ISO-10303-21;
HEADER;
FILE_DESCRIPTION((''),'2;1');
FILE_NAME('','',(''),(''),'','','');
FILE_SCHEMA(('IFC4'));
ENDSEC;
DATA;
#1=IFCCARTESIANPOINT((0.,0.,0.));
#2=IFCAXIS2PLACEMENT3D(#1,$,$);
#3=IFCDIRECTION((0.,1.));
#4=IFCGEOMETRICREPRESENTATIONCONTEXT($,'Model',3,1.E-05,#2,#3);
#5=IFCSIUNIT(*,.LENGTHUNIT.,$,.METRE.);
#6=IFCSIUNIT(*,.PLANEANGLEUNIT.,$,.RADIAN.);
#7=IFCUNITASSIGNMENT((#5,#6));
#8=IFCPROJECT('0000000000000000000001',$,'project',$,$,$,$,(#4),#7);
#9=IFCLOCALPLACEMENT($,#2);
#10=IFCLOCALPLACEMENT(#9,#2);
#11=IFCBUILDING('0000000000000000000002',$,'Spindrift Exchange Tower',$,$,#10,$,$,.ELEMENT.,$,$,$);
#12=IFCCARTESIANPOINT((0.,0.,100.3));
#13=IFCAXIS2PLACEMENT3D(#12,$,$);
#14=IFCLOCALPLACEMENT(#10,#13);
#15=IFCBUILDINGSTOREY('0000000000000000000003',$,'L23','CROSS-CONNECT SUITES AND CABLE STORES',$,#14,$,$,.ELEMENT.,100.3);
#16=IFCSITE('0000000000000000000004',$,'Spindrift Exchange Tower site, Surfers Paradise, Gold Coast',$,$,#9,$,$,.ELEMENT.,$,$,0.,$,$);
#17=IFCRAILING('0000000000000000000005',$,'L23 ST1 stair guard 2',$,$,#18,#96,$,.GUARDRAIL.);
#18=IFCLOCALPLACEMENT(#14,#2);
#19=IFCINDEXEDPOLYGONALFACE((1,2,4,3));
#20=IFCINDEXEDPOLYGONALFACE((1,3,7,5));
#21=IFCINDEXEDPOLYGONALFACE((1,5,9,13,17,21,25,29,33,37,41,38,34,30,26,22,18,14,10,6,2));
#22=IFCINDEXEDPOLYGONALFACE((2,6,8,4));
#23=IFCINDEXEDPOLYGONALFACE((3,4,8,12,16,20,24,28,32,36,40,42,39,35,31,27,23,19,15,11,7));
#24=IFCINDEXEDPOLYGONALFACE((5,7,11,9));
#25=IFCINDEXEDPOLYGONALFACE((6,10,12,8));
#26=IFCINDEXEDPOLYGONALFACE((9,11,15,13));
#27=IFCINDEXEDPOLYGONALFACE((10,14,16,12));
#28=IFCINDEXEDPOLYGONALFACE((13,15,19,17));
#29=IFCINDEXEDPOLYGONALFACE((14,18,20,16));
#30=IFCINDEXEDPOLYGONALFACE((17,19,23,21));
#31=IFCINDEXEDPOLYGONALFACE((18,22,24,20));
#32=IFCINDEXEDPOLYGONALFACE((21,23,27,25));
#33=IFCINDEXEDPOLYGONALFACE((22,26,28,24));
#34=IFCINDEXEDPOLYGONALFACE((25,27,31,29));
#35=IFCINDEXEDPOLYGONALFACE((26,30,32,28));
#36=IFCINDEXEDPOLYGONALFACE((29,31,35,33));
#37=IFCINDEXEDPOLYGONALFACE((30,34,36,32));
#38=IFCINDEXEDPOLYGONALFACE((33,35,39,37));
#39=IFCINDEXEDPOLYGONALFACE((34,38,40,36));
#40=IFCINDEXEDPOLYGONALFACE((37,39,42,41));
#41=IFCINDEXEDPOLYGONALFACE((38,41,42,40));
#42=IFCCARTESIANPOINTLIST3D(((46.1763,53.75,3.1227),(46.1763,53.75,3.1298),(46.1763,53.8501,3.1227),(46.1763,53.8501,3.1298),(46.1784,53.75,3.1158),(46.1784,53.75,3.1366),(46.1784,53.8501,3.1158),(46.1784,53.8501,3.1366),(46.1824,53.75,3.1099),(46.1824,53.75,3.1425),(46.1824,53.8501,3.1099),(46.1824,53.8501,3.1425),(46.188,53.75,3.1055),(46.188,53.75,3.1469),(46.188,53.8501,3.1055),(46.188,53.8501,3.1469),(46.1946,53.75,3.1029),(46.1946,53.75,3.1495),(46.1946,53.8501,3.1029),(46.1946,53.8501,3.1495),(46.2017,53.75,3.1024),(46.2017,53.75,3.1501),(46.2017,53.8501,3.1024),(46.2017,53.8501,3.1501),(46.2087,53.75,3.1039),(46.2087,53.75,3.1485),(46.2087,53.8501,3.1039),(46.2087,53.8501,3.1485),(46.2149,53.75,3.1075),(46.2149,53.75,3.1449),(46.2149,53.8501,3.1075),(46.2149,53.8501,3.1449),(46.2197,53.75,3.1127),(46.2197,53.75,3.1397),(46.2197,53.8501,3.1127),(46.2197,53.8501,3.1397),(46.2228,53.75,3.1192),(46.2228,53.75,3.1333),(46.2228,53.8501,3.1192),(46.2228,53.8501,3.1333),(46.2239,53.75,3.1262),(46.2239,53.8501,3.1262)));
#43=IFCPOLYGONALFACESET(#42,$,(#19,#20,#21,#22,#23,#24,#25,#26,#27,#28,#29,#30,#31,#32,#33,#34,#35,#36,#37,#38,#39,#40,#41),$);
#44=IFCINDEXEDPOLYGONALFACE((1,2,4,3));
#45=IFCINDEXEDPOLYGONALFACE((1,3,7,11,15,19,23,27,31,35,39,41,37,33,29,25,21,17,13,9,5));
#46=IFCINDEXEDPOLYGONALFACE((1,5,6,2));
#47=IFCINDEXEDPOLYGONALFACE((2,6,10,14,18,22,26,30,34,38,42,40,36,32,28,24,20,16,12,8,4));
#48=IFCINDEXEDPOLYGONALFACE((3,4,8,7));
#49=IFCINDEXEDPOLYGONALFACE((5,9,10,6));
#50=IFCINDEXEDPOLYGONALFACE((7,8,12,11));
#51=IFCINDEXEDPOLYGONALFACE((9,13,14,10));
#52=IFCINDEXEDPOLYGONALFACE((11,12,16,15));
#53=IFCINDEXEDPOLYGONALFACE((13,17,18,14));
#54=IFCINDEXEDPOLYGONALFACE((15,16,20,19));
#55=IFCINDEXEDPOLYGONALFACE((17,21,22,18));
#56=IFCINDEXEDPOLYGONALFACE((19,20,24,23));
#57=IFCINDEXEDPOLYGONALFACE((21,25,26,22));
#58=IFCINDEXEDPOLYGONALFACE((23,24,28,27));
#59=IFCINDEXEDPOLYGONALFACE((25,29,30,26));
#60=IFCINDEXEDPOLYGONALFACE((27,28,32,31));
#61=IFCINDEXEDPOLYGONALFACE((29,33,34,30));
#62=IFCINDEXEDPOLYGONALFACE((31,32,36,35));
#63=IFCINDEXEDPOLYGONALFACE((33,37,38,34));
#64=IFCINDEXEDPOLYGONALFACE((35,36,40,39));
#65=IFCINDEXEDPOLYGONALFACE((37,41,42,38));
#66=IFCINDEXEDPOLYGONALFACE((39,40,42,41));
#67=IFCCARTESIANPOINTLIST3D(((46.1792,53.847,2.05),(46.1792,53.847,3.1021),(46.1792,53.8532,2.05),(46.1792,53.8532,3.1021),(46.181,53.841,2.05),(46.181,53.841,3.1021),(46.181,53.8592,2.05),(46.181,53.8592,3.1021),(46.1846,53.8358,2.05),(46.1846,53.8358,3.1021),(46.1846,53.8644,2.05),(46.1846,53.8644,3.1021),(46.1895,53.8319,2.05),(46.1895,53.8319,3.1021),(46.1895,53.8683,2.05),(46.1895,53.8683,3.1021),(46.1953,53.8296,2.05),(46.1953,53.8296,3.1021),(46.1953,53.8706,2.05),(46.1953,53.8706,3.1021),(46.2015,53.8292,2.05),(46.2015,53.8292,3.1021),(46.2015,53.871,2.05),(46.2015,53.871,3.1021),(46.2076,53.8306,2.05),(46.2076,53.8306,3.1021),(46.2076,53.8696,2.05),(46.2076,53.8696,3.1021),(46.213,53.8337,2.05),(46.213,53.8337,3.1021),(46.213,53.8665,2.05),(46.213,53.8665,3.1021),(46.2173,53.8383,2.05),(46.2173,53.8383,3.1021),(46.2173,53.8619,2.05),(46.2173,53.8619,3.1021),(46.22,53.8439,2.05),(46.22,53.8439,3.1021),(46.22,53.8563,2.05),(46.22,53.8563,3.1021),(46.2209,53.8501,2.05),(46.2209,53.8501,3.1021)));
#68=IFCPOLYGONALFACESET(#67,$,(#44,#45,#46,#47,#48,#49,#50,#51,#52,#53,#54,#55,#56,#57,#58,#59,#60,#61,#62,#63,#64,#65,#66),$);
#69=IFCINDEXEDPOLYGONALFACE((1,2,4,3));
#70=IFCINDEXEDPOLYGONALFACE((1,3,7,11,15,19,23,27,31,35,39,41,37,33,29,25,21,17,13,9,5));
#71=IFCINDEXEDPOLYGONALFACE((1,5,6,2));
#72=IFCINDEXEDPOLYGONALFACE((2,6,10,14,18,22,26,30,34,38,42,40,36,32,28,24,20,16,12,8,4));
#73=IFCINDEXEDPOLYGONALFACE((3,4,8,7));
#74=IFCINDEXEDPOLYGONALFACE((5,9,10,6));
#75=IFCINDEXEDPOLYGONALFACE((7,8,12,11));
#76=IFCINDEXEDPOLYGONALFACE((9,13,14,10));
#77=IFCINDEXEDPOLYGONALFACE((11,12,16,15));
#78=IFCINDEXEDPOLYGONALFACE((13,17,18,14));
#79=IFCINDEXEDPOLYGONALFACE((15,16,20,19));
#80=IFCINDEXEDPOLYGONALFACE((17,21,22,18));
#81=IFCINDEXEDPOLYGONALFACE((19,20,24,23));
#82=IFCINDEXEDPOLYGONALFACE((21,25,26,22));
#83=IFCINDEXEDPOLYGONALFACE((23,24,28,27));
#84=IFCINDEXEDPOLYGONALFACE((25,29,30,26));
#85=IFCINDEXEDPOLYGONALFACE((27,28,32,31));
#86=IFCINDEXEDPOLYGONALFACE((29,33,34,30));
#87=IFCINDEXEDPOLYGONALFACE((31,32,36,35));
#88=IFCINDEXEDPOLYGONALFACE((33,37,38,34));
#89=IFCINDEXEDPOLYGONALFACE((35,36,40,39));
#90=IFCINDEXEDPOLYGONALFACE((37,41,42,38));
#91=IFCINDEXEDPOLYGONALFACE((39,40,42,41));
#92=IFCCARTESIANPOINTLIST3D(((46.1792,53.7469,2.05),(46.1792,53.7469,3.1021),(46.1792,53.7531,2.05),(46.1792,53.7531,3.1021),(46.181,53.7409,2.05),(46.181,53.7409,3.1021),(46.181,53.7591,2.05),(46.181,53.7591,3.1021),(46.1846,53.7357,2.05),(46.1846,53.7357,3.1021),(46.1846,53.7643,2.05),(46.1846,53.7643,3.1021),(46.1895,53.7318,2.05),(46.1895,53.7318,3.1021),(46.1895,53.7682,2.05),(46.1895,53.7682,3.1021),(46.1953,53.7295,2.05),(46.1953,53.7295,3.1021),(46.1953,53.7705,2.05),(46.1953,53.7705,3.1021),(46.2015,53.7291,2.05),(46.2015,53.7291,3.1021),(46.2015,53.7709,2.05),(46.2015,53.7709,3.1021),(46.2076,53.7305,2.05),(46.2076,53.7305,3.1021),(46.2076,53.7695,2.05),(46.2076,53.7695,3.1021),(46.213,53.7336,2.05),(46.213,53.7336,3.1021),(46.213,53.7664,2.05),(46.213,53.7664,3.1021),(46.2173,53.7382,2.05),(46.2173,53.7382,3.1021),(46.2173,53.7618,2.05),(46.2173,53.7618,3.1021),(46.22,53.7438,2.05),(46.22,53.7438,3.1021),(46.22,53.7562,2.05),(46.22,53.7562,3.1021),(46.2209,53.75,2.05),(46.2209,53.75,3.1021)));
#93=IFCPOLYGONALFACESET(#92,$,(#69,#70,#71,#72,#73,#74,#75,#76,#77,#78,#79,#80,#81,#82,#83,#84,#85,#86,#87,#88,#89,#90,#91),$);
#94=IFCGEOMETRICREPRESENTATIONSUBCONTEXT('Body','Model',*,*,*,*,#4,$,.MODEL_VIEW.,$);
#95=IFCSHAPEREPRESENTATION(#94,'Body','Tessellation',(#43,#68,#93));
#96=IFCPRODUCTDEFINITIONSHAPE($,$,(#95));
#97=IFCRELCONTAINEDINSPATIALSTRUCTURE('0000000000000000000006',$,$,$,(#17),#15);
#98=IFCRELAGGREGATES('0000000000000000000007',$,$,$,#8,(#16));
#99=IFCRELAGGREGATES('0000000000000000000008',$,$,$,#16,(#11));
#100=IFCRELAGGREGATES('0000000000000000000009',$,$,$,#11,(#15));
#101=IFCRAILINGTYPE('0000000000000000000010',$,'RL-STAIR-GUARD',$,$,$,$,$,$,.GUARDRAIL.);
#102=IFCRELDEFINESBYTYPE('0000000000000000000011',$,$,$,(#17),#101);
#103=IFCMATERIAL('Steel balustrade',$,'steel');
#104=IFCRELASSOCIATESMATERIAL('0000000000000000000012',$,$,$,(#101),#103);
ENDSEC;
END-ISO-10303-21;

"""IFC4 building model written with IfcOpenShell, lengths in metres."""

from ifc_helpers import new_model, si_unit, direction, frame, origin, origin_2d, place, context, subcontext, project, spatial, circle, extrude, material, type_object, element, save


model = new_model("IFC4")

# Units and contexts
model_context = context("Model", 3, precision=1e-05, world=origin(), true_north=direction((0.0, 1.0)))
body_context = subcontext(model_context, "Body", "Model", "MODEL_VIEW")
ifc_project = project(units=[si_unit("LENGTHUNIT", "METRE"), si_unit("PLANEANGLEUNIT", "RADIAN")], contexts=[model_context])

# Site, building, storey
site_placement = place(None, origin())
site = spatial("IfcSite", under=ifc_project, at=site_placement, Name="Spindrift Exchange Tower site, Surfers Paradise, Gold Coast", CompositionType="ELEMENT", RefElevation=0.0)
building_placement = place(site_placement, origin())
building = spatial("IfcBuilding", under=site, at=building_placement, Name="Spindrift Exchange Tower", CompositionType="ELEMENT")
storey_placement = place(building_placement, frame((0.0, 0.0, 100.3)))
storey = spatial("IfcBuildingStorey", under=building, at=storey_placement, Name="L23", Description="CROSS-CONNECT SUITES AND CABLE STORES", CompositionType="ELEMENT", Elevation=100.3)

# Railing
ifc_material_1 = material(Name="Steel balustrade", Category="steel")
railing_type_1 = type_object("IfcRailingType", Name="RL-STAIR-GUARD", PredefinedType="GUARDRAIL", material=ifc_material_1)
railing_1_placement = place(storey_placement, frame((46.2, 53.8501, 2.05)))
element("IfcRailing", 1, at=railing_1_placement, inside=storey, type_object=railing_type_1, Name="L23 ST1 stair guard 2", PredefinedType="GUARDRAIL", context=body_context, shape_type="SweptSolid", body=[
    extrude(circle(Radius=0.0239, at=origin_2d()), frame((0.0, 0.0, 1.0762), z_axis=(0.0, -1.0, 0.0), x_axis=(1.0, 0.0, 0.0)), (0.0, 0.0, 1.0), 0.1001),
    extrude(circle(Radius=0.021, at=origin_2d()), origin(), (0.0, 0.0, 1.0), 1.052),
    extrude(circle(Radius=0.021, at=origin_2d()), frame((0.0, -0.1001, 0.0)), (0.0, 0.0, 1.0), 1.052),
])

save(model, "model.ifc")
